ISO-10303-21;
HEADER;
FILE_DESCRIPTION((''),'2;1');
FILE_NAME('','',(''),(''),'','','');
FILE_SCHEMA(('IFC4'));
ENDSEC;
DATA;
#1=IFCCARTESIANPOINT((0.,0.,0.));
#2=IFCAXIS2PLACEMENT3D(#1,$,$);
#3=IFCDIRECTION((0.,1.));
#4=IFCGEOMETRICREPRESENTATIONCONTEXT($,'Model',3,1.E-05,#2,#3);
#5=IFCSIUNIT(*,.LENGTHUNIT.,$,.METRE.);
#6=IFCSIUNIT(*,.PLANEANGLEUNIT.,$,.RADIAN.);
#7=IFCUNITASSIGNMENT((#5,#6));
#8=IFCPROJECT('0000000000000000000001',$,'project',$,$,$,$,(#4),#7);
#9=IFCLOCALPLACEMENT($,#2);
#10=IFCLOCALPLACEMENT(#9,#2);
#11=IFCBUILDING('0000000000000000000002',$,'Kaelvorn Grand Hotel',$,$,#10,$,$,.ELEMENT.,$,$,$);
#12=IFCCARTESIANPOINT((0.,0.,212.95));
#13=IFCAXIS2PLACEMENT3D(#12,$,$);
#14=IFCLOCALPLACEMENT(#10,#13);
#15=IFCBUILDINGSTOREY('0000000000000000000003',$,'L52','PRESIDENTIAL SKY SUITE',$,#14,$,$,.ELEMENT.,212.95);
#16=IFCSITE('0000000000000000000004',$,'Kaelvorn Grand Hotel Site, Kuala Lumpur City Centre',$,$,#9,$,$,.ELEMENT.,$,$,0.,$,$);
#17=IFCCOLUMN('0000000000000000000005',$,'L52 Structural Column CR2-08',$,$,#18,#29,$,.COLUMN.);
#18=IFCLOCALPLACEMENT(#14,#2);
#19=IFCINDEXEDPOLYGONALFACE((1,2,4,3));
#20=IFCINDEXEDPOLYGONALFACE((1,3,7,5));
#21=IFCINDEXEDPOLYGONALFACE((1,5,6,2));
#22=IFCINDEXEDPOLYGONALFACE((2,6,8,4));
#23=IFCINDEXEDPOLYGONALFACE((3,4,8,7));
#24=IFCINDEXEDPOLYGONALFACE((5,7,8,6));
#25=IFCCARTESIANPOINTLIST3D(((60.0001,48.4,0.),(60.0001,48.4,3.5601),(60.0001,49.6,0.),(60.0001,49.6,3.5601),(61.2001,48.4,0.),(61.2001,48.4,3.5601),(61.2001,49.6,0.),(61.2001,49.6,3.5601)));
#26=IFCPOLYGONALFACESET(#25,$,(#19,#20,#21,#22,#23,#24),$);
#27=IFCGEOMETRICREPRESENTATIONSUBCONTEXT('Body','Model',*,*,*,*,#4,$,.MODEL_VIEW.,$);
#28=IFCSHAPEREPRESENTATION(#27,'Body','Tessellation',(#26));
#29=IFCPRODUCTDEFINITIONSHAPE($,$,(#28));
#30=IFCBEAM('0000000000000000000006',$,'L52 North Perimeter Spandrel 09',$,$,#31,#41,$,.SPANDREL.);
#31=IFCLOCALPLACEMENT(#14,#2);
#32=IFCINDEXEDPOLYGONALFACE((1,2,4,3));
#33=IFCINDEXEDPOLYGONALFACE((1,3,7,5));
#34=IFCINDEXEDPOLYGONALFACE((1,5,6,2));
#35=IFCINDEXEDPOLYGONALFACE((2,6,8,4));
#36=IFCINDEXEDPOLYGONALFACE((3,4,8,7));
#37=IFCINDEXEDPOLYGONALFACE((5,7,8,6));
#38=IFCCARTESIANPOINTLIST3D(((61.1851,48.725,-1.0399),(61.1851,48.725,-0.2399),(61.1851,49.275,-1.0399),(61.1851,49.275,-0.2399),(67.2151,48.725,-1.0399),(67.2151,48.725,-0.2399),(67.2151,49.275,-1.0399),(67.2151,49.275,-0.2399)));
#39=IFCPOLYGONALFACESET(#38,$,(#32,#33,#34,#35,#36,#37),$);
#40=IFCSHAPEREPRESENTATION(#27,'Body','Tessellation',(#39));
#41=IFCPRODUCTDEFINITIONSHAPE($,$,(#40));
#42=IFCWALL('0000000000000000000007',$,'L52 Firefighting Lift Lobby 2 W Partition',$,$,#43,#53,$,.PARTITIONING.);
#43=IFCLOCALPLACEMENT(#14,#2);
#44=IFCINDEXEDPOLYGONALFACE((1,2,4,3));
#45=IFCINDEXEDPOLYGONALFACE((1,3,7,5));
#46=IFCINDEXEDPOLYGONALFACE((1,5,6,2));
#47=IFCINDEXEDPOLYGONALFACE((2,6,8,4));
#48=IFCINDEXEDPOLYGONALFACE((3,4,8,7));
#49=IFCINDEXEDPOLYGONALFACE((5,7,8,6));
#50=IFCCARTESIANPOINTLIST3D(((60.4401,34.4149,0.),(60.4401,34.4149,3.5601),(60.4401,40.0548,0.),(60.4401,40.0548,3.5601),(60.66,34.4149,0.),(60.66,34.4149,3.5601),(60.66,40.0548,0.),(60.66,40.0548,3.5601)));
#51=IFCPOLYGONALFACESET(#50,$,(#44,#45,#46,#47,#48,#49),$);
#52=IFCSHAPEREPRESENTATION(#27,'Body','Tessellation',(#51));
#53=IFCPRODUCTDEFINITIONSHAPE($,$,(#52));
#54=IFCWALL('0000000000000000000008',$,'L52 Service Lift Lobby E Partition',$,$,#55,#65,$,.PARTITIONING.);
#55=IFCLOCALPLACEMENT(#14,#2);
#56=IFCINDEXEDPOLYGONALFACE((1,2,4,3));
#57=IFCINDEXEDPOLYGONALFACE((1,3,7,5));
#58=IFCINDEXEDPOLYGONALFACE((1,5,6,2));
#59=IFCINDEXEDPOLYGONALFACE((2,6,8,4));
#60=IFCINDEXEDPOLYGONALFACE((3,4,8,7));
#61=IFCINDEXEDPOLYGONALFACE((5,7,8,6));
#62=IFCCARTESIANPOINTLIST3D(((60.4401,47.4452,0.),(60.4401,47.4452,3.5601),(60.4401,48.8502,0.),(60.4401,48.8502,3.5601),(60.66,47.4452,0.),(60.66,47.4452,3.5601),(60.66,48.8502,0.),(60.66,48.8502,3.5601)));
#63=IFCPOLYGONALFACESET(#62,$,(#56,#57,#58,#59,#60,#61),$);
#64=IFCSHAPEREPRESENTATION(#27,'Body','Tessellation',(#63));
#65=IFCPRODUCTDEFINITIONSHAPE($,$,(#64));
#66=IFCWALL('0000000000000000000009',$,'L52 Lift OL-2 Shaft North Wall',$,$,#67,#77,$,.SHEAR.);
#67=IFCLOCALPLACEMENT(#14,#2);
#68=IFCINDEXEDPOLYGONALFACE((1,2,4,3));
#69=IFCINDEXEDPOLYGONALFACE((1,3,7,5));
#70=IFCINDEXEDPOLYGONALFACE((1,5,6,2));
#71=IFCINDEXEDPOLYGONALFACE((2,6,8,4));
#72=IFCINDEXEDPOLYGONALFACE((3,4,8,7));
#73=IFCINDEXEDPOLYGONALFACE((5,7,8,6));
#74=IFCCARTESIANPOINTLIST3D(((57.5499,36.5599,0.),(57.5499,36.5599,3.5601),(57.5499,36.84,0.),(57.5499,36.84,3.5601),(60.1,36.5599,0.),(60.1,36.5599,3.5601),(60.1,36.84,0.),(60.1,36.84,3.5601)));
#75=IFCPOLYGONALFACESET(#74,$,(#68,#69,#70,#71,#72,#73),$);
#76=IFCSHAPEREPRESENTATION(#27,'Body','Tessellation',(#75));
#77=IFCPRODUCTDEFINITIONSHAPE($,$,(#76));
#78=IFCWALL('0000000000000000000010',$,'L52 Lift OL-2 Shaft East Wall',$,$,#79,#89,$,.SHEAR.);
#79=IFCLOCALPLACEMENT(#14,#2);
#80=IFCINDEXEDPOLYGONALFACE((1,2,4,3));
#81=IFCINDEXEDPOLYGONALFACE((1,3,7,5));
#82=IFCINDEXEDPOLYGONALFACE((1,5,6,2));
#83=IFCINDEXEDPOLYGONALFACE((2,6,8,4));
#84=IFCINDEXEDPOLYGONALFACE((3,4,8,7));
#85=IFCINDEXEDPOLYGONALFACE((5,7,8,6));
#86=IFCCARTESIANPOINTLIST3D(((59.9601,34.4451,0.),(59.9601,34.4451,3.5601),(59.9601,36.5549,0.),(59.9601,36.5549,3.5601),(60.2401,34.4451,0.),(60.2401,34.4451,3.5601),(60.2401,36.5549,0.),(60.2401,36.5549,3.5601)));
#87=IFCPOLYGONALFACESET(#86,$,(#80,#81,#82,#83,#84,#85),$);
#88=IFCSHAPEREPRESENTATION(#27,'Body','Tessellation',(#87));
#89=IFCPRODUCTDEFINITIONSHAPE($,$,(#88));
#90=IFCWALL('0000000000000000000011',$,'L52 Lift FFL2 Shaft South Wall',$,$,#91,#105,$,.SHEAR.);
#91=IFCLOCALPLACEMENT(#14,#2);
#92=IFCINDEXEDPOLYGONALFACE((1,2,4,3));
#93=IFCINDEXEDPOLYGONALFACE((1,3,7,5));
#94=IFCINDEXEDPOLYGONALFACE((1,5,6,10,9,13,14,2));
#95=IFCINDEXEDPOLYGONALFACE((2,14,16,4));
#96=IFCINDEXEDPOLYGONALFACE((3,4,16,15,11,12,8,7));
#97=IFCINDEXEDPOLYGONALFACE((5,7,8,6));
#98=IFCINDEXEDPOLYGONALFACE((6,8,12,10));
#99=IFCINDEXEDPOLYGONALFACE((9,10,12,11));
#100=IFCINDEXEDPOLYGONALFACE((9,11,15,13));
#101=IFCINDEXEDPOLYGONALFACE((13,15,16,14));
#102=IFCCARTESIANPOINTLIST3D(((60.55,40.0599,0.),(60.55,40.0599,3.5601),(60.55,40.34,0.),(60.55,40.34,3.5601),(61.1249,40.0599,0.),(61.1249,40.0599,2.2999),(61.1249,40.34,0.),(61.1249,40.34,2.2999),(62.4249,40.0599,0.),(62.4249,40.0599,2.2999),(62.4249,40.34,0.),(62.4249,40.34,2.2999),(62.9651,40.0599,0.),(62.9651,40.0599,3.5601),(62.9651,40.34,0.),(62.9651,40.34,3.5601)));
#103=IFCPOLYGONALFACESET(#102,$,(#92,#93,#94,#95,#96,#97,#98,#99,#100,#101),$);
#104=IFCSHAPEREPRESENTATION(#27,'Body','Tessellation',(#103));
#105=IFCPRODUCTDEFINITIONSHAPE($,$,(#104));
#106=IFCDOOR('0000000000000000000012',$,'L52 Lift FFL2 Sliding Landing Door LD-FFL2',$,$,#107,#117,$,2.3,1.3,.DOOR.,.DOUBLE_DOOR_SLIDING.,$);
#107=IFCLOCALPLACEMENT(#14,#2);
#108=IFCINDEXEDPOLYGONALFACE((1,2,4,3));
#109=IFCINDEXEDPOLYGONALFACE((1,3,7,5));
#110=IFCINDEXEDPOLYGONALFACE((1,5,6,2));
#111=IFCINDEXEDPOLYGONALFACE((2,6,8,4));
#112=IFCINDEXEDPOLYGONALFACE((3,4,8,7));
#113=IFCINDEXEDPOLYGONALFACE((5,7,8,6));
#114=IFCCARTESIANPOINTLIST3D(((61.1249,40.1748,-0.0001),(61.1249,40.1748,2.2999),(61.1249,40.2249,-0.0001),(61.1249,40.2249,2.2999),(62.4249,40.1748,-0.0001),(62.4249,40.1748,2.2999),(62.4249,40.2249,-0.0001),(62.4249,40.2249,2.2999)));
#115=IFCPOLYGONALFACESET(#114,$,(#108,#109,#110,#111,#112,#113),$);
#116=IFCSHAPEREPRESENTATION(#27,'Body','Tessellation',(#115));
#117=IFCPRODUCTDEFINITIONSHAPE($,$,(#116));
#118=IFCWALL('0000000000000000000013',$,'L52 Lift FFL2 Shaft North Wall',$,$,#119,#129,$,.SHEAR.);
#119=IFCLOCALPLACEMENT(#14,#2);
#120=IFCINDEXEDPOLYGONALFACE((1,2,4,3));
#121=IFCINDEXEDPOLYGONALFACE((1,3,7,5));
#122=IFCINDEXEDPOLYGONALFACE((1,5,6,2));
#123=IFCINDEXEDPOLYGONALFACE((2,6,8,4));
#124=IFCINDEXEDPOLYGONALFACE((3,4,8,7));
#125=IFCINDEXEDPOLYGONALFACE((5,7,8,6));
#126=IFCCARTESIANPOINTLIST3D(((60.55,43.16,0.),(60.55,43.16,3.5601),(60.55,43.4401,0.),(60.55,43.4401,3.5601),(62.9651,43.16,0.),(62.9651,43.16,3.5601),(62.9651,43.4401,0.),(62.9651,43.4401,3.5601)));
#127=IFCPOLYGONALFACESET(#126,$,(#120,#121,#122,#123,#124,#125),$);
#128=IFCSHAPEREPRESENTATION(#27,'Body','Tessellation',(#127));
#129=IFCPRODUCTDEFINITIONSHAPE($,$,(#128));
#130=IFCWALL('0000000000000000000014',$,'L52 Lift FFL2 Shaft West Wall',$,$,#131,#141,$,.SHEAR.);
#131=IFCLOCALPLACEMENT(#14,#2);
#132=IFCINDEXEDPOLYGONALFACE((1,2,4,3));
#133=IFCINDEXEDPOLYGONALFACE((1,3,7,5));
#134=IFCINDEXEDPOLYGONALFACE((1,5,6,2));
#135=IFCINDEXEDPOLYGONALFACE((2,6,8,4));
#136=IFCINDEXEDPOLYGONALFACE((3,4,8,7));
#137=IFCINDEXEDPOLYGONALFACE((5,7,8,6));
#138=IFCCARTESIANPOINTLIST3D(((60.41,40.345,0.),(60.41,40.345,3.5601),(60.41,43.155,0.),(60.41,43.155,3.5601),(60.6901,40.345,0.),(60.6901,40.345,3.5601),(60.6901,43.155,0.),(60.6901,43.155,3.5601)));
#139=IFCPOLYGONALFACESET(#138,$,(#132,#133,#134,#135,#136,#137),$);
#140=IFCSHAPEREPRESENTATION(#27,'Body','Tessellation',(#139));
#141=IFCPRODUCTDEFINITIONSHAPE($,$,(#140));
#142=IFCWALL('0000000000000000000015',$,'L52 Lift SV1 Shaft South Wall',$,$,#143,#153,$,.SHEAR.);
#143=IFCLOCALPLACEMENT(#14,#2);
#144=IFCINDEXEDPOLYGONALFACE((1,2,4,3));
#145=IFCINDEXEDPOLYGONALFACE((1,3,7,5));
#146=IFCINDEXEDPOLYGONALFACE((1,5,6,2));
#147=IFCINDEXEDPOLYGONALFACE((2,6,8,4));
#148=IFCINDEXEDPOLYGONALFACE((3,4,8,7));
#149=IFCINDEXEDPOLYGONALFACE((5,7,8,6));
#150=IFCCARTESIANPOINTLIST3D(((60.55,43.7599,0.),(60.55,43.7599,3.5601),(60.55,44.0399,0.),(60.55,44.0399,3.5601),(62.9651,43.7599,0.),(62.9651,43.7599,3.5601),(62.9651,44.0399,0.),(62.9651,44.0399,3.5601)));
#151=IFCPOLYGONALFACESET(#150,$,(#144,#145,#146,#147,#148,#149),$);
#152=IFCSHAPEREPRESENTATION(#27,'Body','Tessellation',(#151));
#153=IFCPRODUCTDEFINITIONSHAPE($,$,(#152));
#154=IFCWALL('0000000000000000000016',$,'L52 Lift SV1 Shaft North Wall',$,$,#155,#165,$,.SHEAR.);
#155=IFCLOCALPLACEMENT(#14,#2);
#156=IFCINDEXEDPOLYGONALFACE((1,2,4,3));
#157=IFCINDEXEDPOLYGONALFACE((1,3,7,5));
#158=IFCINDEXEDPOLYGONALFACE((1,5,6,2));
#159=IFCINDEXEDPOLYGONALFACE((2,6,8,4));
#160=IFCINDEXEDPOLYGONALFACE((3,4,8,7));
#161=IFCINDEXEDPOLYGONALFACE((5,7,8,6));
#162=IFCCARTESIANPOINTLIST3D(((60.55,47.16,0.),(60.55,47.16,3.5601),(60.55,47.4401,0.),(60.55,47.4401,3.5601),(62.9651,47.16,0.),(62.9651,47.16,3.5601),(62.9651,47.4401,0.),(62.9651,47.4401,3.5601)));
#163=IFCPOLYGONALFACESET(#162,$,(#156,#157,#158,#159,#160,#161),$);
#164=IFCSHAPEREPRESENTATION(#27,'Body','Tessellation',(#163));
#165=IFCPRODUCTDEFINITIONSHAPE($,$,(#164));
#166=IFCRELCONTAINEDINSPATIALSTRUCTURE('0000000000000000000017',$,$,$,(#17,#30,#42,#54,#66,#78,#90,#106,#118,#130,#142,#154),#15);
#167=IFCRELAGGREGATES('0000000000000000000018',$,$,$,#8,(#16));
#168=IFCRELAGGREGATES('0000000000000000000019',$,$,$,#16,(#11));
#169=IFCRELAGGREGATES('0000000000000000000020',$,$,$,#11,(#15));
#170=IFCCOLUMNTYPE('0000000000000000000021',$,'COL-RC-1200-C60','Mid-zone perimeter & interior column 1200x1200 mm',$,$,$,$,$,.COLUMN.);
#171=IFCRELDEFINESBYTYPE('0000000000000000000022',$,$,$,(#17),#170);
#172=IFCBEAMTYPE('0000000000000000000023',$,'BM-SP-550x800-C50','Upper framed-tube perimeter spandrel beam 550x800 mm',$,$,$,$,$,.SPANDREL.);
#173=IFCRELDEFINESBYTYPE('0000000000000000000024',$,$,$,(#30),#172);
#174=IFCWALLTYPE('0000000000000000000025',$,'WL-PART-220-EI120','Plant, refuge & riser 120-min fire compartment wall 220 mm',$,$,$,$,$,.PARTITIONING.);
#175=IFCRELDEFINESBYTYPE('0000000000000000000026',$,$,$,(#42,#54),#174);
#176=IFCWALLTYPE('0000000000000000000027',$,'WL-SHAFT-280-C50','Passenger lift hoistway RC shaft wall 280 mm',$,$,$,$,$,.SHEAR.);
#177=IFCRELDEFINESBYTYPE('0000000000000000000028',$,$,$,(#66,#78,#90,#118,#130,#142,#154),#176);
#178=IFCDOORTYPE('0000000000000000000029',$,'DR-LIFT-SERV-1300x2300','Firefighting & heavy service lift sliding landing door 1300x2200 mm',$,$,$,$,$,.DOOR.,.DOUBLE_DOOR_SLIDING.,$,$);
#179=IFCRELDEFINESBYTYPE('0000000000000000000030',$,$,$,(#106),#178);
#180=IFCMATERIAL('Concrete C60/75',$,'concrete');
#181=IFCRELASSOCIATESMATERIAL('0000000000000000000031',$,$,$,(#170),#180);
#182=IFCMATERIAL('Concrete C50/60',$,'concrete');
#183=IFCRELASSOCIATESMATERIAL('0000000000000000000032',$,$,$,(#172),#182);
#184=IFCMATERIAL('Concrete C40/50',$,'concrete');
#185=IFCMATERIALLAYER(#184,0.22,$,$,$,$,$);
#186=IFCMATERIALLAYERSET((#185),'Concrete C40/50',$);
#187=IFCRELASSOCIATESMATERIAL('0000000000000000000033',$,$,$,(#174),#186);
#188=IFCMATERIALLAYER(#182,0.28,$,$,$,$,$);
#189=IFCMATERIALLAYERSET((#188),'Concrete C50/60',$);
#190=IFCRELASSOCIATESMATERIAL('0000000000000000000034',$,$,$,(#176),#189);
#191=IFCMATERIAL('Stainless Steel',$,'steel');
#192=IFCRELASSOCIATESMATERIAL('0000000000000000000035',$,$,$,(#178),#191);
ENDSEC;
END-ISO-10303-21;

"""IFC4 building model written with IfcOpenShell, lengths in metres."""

from ifc_helpers import new_model, si_unit, direction, frame, frame_2d, origin, origin_2d, place, context, subcontext, project, spatial, rectangle, extrude, material, layer, layer_set, material_profile, profile_set, type_object, element, fill, save


model = new_model("IFC4")

# Units and contexts
model_context = context("Model", 3, precision=1e-05, world=origin(), true_north=direction((0.0, 1.0)))
body_context = subcontext(model_context, "Body", "Model", "MODEL_VIEW")
ifc_project = project(units=[si_unit("LENGTHUNIT", "METRE"), si_unit("PLANEANGLEUNIT", "RADIAN")], contexts=[model_context])

# Site, building, storey
site_placement = place(None, origin())
site = spatial("IfcSite", under=ifc_project, at=site_placement, Name="Kaelvorn Grand Hotel Site, Kuala Lumpur City Centre", CompositionType="ELEMENT", RefElevation=0.0)
building_placement = place(site_placement, origin())
building = spatial("IfcBuilding", under=site, at=building_placement, Name="Kaelvorn Grand Hotel", CompositionType="ELEMENT")
storey_placement = place(building_placement, frame((0.0, 0.0, 212.95)))
storey = spatial("IfcBuildingStorey", under=building, at=storey_placement, Name="L52", Description="PRESIDENTIAL SKY SUITE", CompositionType="ELEMENT", Elevation=212.95)

# Column
ifc_material_1 = material(Name="Concrete C60/75", Category="concrete")
ifc_material_profile_1 = material_profile(ifc_material_1, rectangle(XDim=1.2, YDim=1.2, at=origin_2d()), Name="RC COL 1200x1200")
ifc_profile_set_1 = profile_set([ifc_material_profile_1], Name="Concrete C60/75")
column_type = type_object("IfcColumnType", Name="COL-RC-1200-C60", Description="Mid-zone perimeter & interior column 1200x1200 mm", PredefinedType="COLUMN", material=ifc_profile_set_1)
column_placement = place(storey_placement, frame((60.6001, 49.0, 0.0), z_axis=(0.0, 0.0, 1.0), x_axis=(1.0, 0.0, 0.0)))
element("IfcColumn", 1, at=column_placement, inside=storey, type_object=column_type, Name="L52 Structural Column CR2-08", PredefinedType="COLUMN", context=body_context, shape_type="SweptSolid", body=[
    extrude(rectangle(XDim=1.2, YDim=1.2, at=origin_2d()), origin(), (0.0, 0.0, 1.0), 3.5601),
])

# Beam
ifc_material_2 = material(Name="Concrete C50/60", Category="concrete")
ifc_material_profile_2 = material_profile(ifc_material_2, rectangle(XDim=0.55, YDim=0.8, at=origin_2d()), Name="RC SPANDREL 550x800")
ifc_profile_set_2 = profile_set([ifc_material_profile_2], Name="Concrete C50/60")
beam_type = type_object("IfcBeamType", Name="BM-SP-550x800-C50", Description="Upper framed-tube perimeter spandrel beam 550x800 mm", PredefinedType="SPANDREL", material=ifc_profile_set_2)
beam_placement = place(storey_placement, frame((61.1851, 49.0, -0.6399), z_axis=(1.0, 0.0, 0.0), x_axis=(0.0, 1.0, 0.0)))
element("IfcBeam", 2, at=beam_placement, inside=storey, type_object=beam_type, Name="L52 North Perimeter Spandrel 09", PredefinedType="SPANDREL", context=body_context, shape_type="SweptSolid", body=[
    extrude(rectangle(XDim=0.55, YDim=0.8, at=origin_2d()), origin(), (0.0, 0.0, 1.0), 6.03),
])

# Shared definitions
ifc_material_3 = material(Name="Concrete C40/50", Category="concrete")
ifc_layer_1 = layer(ifc_material_3, 0.22)
ifc_layer_set_1 = layer_set([ifc_layer_1], Name="Concrete C40/50")
wall_type_1 = type_object("IfcWallType", Name="WL-PART-220-EI120", Description="Plant, refuge & riser 120-min fire compartment wall 220 mm", PredefinedType="PARTITIONING", material=ifc_layer_set_1)

# Walls
wall_1_placement = place(storey_placement, frame((60.55, 34.415, 0.0), z_axis=(0.0, 0.0, 1.0), x_axis=(0.0, 1.0, 0.0)))
element("IfcWall", 3, at=wall_1_placement, inside=storey, type_object=wall_type_1, Name="L52 Firefighting Lift Lobby 2 W Partition", PredefinedType="PARTITIONING", context=body_context, shape_type="SweptSolid", body=[
    extrude(rectangle(XDim=5.6399, YDim=0.22, at=frame_2d((2.8198, 0.0))), origin(), (0.0, 0.0, 1.0), 3.5601),
])
wall_2_placement = place(storey_placement, frame((60.55, 47.4451, 0.0), z_axis=(0.0, 0.0, 1.0), x_axis=(0.0, 1.0, 0.0)))
element("IfcWall", 4, at=wall_2_placement, inside=storey, type_object=wall_type_1, Name="L52 Service Lift Lobby E Partition", PredefinedType="PARTITIONING", context=body_context, shape_type="SweptSolid", body=[
    extrude(rectangle(XDim=1.405, YDim=0.22, at=frame_2d((0.7026, 0.0))), origin(), (0.0, 0.0, 1.0), 3.5601),
])
ifc_layer_2 = layer(ifc_material_2, 0.28)
ifc_layer_set_2 = layer_set([ifc_layer_2], Name="Concrete C50/60")
wall_type_2 = type_object("IfcWallType", Name="WL-SHAFT-280-C50", Description="Passenger lift hoistway RC shaft wall 280 mm", PredefinedType="SHEAR", material=ifc_layer_set_2)
wall_3_placement = place(storey_placement, frame((57.55, 36.7, 0.0), z_axis=(0.0, 0.0, 1.0), x_axis=(1.0, 0.0, 0.0)))
element("IfcWall", 5, at=wall_3_placement, inside=storey, type_object=wall_type_2, Name="L52 Lift OL-2 Shaft North Wall", PredefinedType="SHEAR", context=body_context, shape_type="SweptSolid", body=[
    extrude(rectangle(XDim=2.55, YDim=0.28, at=frame_2d((1.2749, 0.0))), origin(), (0.0, 0.0, 1.0), 3.5601),
])
wall_4_placement = place(storey_placement, frame((60.1001, 34.4451, 0.0), z_axis=(0.0, 0.0, 1.0), x_axis=(0.0, 1.0, 0.0)))
element("IfcWall", 6, at=wall_4_placement, inside=storey, type_object=wall_type_2, Name="L52 Lift OL-2 Shaft East Wall", PredefinedType="SHEAR", context=body_context, shape_type="SweptSolid", body=[
    extrude(rectangle(XDim=2.1099, YDim=0.28, at=frame_2d((1.0549, 0.0))), origin(), (0.0, 0.0, 1.0), 3.5601),
])

# Wall, opening, door
wall_5_placement = place(storey_placement, frame((60.55, 40.2, 0.0), z_axis=(0.0, 0.0, 1.0), x_axis=(1.0, 0.0, 0.0)))
wall_5 = element("IfcWall", 7, at=wall_5_placement, inside=storey, type_object=wall_type_2, Name="L52 Lift FFL2 Shaft South Wall", PredefinedType="SHEAR", context=body_context, shape_type="SweptSolid", body=[
    extrude(rectangle(XDim=2.415, YDim=0.28, at=frame_2d((1.2075, 0.0))), origin(), (0.0, 0.0, 1.0), 3.5601),
])
opening_1_placement = place(wall_5_placement, frame((0.575, 0.0, 0.0)))
opening_1 = element("IfcOpeningElement", 8, at=opening_1_placement, cuts=wall_5, PredefinedType="OPENING", context=body_context, shape_type="SweptSolid", body=[
    extrude(rectangle(XDim=1.3, YDim=2.3, at=frame_2d((0.6499, 1.1499))), frame((0.0, 0.1499, 0.0), z_axis=(0.0, -1.0, 0.0), x_axis=(1.0, 0.0, 0.0)), (0.0, 0.0, 1.0), 0.3),
])
ifc_material_4 = material(Name="Stainless Steel", Category="steel")
door_type_1 = type_object("IfcDoorType", Name="DR-LIFT-SERV-1300x2300", Description="Firefighting & heavy service lift sliding landing door 1300x2200 mm", OperationType="DOUBLE_DOOR_SLIDING", PredefinedType="DOOR", material=ifc_material_4)
door_1_placement = place(opening_1_placement, origin())
door_1 = element("IfcDoor", 9, at=door_1_placement, inside=storey, type_object=door_type_1, Name="L52 Lift FFL2 Sliding Landing Door LD-FFL2", OperationType="DOUBLE_DOOR_SLIDING", OverallHeight=2.3, OverallWidth=1.3, PredefinedType="DOOR", context=body_context, shape_type="SweptSolid", body=[
    extrude(rectangle(XDim=1.3, YDim=2.3, at=frame_2d((0.6499, 1.1499))), frame((0.0, 0.0249, 0.0), z_axis=(0.0, -1.0, 0.0), x_axis=(1.0, 0.0, 0.0)), (0.0, 0.0, 1.0), 0.05),
])
fill(opening_1, door_1)

# Walls
wall_6_placement = place(storey_placement, frame((60.55, 43.3, 0.0), z_axis=(0.0, 0.0, 1.0), x_axis=(1.0, 0.0, 0.0)))
element("IfcWall", 10, at=wall_6_placement, inside=storey, type_object=wall_type_2, Name="L52 Lift FFL2 Shaft North Wall", PredefinedType="SHEAR", context=body_context, shape_type="SweptSolid", body=[
    extrude(rectangle(XDim=2.415, YDim=0.28, at=frame_2d((1.2075, 0.0))), origin(), (0.0, 0.0, 1.0), 3.5601),
])
wall_7_placement = place(storey_placement, frame((60.55, 40.345, 0.0), z_axis=(0.0, 0.0, 1.0), x_axis=(0.0, 1.0, 0.0)))
element("IfcWall", 11, at=wall_7_placement, inside=storey, type_object=wall_type_2, Name="L52 Lift FFL2 Shaft West Wall", PredefinedType="SHEAR", context=body_context, shape_type="SweptSolid", body=[
    extrude(rectangle(XDim=2.8101, YDim=0.28, at=frame_2d((1.405, 0.0))), origin(), (0.0, 0.0, 1.0), 3.5601),
])
for number, where, z_axis, x_axis, name in (
    (12, (60.55, 43.8999, 0.0), (0.0, 0.0, 1.0), (1.0, 0.0, 0.0), "L52 Lift SV1 Shaft South Wall"),
    (13, (60.55, 47.3, 0.0), (0.0, 0.0, 1.0), (1.0, 0.0, 0.0), "L52 Lift SV1 Shaft North Wall"),
):
    element("IfcWall", number, at=place(storey_placement, frame(where, z_axis=z_axis, x_axis=x_axis)), inside=storey, type_object=wall_type_2, Name=name, PredefinedType="SHEAR", context=body_context, shape_type="SweptSolid", body=[
        extrude(rectangle(XDim=2.415, YDim=0.28, at=frame_2d((1.2075, 0.0))), origin(), (0.0, 0.0, 1.0), 3.5601),
    ])

save(model, "model.ifc")
